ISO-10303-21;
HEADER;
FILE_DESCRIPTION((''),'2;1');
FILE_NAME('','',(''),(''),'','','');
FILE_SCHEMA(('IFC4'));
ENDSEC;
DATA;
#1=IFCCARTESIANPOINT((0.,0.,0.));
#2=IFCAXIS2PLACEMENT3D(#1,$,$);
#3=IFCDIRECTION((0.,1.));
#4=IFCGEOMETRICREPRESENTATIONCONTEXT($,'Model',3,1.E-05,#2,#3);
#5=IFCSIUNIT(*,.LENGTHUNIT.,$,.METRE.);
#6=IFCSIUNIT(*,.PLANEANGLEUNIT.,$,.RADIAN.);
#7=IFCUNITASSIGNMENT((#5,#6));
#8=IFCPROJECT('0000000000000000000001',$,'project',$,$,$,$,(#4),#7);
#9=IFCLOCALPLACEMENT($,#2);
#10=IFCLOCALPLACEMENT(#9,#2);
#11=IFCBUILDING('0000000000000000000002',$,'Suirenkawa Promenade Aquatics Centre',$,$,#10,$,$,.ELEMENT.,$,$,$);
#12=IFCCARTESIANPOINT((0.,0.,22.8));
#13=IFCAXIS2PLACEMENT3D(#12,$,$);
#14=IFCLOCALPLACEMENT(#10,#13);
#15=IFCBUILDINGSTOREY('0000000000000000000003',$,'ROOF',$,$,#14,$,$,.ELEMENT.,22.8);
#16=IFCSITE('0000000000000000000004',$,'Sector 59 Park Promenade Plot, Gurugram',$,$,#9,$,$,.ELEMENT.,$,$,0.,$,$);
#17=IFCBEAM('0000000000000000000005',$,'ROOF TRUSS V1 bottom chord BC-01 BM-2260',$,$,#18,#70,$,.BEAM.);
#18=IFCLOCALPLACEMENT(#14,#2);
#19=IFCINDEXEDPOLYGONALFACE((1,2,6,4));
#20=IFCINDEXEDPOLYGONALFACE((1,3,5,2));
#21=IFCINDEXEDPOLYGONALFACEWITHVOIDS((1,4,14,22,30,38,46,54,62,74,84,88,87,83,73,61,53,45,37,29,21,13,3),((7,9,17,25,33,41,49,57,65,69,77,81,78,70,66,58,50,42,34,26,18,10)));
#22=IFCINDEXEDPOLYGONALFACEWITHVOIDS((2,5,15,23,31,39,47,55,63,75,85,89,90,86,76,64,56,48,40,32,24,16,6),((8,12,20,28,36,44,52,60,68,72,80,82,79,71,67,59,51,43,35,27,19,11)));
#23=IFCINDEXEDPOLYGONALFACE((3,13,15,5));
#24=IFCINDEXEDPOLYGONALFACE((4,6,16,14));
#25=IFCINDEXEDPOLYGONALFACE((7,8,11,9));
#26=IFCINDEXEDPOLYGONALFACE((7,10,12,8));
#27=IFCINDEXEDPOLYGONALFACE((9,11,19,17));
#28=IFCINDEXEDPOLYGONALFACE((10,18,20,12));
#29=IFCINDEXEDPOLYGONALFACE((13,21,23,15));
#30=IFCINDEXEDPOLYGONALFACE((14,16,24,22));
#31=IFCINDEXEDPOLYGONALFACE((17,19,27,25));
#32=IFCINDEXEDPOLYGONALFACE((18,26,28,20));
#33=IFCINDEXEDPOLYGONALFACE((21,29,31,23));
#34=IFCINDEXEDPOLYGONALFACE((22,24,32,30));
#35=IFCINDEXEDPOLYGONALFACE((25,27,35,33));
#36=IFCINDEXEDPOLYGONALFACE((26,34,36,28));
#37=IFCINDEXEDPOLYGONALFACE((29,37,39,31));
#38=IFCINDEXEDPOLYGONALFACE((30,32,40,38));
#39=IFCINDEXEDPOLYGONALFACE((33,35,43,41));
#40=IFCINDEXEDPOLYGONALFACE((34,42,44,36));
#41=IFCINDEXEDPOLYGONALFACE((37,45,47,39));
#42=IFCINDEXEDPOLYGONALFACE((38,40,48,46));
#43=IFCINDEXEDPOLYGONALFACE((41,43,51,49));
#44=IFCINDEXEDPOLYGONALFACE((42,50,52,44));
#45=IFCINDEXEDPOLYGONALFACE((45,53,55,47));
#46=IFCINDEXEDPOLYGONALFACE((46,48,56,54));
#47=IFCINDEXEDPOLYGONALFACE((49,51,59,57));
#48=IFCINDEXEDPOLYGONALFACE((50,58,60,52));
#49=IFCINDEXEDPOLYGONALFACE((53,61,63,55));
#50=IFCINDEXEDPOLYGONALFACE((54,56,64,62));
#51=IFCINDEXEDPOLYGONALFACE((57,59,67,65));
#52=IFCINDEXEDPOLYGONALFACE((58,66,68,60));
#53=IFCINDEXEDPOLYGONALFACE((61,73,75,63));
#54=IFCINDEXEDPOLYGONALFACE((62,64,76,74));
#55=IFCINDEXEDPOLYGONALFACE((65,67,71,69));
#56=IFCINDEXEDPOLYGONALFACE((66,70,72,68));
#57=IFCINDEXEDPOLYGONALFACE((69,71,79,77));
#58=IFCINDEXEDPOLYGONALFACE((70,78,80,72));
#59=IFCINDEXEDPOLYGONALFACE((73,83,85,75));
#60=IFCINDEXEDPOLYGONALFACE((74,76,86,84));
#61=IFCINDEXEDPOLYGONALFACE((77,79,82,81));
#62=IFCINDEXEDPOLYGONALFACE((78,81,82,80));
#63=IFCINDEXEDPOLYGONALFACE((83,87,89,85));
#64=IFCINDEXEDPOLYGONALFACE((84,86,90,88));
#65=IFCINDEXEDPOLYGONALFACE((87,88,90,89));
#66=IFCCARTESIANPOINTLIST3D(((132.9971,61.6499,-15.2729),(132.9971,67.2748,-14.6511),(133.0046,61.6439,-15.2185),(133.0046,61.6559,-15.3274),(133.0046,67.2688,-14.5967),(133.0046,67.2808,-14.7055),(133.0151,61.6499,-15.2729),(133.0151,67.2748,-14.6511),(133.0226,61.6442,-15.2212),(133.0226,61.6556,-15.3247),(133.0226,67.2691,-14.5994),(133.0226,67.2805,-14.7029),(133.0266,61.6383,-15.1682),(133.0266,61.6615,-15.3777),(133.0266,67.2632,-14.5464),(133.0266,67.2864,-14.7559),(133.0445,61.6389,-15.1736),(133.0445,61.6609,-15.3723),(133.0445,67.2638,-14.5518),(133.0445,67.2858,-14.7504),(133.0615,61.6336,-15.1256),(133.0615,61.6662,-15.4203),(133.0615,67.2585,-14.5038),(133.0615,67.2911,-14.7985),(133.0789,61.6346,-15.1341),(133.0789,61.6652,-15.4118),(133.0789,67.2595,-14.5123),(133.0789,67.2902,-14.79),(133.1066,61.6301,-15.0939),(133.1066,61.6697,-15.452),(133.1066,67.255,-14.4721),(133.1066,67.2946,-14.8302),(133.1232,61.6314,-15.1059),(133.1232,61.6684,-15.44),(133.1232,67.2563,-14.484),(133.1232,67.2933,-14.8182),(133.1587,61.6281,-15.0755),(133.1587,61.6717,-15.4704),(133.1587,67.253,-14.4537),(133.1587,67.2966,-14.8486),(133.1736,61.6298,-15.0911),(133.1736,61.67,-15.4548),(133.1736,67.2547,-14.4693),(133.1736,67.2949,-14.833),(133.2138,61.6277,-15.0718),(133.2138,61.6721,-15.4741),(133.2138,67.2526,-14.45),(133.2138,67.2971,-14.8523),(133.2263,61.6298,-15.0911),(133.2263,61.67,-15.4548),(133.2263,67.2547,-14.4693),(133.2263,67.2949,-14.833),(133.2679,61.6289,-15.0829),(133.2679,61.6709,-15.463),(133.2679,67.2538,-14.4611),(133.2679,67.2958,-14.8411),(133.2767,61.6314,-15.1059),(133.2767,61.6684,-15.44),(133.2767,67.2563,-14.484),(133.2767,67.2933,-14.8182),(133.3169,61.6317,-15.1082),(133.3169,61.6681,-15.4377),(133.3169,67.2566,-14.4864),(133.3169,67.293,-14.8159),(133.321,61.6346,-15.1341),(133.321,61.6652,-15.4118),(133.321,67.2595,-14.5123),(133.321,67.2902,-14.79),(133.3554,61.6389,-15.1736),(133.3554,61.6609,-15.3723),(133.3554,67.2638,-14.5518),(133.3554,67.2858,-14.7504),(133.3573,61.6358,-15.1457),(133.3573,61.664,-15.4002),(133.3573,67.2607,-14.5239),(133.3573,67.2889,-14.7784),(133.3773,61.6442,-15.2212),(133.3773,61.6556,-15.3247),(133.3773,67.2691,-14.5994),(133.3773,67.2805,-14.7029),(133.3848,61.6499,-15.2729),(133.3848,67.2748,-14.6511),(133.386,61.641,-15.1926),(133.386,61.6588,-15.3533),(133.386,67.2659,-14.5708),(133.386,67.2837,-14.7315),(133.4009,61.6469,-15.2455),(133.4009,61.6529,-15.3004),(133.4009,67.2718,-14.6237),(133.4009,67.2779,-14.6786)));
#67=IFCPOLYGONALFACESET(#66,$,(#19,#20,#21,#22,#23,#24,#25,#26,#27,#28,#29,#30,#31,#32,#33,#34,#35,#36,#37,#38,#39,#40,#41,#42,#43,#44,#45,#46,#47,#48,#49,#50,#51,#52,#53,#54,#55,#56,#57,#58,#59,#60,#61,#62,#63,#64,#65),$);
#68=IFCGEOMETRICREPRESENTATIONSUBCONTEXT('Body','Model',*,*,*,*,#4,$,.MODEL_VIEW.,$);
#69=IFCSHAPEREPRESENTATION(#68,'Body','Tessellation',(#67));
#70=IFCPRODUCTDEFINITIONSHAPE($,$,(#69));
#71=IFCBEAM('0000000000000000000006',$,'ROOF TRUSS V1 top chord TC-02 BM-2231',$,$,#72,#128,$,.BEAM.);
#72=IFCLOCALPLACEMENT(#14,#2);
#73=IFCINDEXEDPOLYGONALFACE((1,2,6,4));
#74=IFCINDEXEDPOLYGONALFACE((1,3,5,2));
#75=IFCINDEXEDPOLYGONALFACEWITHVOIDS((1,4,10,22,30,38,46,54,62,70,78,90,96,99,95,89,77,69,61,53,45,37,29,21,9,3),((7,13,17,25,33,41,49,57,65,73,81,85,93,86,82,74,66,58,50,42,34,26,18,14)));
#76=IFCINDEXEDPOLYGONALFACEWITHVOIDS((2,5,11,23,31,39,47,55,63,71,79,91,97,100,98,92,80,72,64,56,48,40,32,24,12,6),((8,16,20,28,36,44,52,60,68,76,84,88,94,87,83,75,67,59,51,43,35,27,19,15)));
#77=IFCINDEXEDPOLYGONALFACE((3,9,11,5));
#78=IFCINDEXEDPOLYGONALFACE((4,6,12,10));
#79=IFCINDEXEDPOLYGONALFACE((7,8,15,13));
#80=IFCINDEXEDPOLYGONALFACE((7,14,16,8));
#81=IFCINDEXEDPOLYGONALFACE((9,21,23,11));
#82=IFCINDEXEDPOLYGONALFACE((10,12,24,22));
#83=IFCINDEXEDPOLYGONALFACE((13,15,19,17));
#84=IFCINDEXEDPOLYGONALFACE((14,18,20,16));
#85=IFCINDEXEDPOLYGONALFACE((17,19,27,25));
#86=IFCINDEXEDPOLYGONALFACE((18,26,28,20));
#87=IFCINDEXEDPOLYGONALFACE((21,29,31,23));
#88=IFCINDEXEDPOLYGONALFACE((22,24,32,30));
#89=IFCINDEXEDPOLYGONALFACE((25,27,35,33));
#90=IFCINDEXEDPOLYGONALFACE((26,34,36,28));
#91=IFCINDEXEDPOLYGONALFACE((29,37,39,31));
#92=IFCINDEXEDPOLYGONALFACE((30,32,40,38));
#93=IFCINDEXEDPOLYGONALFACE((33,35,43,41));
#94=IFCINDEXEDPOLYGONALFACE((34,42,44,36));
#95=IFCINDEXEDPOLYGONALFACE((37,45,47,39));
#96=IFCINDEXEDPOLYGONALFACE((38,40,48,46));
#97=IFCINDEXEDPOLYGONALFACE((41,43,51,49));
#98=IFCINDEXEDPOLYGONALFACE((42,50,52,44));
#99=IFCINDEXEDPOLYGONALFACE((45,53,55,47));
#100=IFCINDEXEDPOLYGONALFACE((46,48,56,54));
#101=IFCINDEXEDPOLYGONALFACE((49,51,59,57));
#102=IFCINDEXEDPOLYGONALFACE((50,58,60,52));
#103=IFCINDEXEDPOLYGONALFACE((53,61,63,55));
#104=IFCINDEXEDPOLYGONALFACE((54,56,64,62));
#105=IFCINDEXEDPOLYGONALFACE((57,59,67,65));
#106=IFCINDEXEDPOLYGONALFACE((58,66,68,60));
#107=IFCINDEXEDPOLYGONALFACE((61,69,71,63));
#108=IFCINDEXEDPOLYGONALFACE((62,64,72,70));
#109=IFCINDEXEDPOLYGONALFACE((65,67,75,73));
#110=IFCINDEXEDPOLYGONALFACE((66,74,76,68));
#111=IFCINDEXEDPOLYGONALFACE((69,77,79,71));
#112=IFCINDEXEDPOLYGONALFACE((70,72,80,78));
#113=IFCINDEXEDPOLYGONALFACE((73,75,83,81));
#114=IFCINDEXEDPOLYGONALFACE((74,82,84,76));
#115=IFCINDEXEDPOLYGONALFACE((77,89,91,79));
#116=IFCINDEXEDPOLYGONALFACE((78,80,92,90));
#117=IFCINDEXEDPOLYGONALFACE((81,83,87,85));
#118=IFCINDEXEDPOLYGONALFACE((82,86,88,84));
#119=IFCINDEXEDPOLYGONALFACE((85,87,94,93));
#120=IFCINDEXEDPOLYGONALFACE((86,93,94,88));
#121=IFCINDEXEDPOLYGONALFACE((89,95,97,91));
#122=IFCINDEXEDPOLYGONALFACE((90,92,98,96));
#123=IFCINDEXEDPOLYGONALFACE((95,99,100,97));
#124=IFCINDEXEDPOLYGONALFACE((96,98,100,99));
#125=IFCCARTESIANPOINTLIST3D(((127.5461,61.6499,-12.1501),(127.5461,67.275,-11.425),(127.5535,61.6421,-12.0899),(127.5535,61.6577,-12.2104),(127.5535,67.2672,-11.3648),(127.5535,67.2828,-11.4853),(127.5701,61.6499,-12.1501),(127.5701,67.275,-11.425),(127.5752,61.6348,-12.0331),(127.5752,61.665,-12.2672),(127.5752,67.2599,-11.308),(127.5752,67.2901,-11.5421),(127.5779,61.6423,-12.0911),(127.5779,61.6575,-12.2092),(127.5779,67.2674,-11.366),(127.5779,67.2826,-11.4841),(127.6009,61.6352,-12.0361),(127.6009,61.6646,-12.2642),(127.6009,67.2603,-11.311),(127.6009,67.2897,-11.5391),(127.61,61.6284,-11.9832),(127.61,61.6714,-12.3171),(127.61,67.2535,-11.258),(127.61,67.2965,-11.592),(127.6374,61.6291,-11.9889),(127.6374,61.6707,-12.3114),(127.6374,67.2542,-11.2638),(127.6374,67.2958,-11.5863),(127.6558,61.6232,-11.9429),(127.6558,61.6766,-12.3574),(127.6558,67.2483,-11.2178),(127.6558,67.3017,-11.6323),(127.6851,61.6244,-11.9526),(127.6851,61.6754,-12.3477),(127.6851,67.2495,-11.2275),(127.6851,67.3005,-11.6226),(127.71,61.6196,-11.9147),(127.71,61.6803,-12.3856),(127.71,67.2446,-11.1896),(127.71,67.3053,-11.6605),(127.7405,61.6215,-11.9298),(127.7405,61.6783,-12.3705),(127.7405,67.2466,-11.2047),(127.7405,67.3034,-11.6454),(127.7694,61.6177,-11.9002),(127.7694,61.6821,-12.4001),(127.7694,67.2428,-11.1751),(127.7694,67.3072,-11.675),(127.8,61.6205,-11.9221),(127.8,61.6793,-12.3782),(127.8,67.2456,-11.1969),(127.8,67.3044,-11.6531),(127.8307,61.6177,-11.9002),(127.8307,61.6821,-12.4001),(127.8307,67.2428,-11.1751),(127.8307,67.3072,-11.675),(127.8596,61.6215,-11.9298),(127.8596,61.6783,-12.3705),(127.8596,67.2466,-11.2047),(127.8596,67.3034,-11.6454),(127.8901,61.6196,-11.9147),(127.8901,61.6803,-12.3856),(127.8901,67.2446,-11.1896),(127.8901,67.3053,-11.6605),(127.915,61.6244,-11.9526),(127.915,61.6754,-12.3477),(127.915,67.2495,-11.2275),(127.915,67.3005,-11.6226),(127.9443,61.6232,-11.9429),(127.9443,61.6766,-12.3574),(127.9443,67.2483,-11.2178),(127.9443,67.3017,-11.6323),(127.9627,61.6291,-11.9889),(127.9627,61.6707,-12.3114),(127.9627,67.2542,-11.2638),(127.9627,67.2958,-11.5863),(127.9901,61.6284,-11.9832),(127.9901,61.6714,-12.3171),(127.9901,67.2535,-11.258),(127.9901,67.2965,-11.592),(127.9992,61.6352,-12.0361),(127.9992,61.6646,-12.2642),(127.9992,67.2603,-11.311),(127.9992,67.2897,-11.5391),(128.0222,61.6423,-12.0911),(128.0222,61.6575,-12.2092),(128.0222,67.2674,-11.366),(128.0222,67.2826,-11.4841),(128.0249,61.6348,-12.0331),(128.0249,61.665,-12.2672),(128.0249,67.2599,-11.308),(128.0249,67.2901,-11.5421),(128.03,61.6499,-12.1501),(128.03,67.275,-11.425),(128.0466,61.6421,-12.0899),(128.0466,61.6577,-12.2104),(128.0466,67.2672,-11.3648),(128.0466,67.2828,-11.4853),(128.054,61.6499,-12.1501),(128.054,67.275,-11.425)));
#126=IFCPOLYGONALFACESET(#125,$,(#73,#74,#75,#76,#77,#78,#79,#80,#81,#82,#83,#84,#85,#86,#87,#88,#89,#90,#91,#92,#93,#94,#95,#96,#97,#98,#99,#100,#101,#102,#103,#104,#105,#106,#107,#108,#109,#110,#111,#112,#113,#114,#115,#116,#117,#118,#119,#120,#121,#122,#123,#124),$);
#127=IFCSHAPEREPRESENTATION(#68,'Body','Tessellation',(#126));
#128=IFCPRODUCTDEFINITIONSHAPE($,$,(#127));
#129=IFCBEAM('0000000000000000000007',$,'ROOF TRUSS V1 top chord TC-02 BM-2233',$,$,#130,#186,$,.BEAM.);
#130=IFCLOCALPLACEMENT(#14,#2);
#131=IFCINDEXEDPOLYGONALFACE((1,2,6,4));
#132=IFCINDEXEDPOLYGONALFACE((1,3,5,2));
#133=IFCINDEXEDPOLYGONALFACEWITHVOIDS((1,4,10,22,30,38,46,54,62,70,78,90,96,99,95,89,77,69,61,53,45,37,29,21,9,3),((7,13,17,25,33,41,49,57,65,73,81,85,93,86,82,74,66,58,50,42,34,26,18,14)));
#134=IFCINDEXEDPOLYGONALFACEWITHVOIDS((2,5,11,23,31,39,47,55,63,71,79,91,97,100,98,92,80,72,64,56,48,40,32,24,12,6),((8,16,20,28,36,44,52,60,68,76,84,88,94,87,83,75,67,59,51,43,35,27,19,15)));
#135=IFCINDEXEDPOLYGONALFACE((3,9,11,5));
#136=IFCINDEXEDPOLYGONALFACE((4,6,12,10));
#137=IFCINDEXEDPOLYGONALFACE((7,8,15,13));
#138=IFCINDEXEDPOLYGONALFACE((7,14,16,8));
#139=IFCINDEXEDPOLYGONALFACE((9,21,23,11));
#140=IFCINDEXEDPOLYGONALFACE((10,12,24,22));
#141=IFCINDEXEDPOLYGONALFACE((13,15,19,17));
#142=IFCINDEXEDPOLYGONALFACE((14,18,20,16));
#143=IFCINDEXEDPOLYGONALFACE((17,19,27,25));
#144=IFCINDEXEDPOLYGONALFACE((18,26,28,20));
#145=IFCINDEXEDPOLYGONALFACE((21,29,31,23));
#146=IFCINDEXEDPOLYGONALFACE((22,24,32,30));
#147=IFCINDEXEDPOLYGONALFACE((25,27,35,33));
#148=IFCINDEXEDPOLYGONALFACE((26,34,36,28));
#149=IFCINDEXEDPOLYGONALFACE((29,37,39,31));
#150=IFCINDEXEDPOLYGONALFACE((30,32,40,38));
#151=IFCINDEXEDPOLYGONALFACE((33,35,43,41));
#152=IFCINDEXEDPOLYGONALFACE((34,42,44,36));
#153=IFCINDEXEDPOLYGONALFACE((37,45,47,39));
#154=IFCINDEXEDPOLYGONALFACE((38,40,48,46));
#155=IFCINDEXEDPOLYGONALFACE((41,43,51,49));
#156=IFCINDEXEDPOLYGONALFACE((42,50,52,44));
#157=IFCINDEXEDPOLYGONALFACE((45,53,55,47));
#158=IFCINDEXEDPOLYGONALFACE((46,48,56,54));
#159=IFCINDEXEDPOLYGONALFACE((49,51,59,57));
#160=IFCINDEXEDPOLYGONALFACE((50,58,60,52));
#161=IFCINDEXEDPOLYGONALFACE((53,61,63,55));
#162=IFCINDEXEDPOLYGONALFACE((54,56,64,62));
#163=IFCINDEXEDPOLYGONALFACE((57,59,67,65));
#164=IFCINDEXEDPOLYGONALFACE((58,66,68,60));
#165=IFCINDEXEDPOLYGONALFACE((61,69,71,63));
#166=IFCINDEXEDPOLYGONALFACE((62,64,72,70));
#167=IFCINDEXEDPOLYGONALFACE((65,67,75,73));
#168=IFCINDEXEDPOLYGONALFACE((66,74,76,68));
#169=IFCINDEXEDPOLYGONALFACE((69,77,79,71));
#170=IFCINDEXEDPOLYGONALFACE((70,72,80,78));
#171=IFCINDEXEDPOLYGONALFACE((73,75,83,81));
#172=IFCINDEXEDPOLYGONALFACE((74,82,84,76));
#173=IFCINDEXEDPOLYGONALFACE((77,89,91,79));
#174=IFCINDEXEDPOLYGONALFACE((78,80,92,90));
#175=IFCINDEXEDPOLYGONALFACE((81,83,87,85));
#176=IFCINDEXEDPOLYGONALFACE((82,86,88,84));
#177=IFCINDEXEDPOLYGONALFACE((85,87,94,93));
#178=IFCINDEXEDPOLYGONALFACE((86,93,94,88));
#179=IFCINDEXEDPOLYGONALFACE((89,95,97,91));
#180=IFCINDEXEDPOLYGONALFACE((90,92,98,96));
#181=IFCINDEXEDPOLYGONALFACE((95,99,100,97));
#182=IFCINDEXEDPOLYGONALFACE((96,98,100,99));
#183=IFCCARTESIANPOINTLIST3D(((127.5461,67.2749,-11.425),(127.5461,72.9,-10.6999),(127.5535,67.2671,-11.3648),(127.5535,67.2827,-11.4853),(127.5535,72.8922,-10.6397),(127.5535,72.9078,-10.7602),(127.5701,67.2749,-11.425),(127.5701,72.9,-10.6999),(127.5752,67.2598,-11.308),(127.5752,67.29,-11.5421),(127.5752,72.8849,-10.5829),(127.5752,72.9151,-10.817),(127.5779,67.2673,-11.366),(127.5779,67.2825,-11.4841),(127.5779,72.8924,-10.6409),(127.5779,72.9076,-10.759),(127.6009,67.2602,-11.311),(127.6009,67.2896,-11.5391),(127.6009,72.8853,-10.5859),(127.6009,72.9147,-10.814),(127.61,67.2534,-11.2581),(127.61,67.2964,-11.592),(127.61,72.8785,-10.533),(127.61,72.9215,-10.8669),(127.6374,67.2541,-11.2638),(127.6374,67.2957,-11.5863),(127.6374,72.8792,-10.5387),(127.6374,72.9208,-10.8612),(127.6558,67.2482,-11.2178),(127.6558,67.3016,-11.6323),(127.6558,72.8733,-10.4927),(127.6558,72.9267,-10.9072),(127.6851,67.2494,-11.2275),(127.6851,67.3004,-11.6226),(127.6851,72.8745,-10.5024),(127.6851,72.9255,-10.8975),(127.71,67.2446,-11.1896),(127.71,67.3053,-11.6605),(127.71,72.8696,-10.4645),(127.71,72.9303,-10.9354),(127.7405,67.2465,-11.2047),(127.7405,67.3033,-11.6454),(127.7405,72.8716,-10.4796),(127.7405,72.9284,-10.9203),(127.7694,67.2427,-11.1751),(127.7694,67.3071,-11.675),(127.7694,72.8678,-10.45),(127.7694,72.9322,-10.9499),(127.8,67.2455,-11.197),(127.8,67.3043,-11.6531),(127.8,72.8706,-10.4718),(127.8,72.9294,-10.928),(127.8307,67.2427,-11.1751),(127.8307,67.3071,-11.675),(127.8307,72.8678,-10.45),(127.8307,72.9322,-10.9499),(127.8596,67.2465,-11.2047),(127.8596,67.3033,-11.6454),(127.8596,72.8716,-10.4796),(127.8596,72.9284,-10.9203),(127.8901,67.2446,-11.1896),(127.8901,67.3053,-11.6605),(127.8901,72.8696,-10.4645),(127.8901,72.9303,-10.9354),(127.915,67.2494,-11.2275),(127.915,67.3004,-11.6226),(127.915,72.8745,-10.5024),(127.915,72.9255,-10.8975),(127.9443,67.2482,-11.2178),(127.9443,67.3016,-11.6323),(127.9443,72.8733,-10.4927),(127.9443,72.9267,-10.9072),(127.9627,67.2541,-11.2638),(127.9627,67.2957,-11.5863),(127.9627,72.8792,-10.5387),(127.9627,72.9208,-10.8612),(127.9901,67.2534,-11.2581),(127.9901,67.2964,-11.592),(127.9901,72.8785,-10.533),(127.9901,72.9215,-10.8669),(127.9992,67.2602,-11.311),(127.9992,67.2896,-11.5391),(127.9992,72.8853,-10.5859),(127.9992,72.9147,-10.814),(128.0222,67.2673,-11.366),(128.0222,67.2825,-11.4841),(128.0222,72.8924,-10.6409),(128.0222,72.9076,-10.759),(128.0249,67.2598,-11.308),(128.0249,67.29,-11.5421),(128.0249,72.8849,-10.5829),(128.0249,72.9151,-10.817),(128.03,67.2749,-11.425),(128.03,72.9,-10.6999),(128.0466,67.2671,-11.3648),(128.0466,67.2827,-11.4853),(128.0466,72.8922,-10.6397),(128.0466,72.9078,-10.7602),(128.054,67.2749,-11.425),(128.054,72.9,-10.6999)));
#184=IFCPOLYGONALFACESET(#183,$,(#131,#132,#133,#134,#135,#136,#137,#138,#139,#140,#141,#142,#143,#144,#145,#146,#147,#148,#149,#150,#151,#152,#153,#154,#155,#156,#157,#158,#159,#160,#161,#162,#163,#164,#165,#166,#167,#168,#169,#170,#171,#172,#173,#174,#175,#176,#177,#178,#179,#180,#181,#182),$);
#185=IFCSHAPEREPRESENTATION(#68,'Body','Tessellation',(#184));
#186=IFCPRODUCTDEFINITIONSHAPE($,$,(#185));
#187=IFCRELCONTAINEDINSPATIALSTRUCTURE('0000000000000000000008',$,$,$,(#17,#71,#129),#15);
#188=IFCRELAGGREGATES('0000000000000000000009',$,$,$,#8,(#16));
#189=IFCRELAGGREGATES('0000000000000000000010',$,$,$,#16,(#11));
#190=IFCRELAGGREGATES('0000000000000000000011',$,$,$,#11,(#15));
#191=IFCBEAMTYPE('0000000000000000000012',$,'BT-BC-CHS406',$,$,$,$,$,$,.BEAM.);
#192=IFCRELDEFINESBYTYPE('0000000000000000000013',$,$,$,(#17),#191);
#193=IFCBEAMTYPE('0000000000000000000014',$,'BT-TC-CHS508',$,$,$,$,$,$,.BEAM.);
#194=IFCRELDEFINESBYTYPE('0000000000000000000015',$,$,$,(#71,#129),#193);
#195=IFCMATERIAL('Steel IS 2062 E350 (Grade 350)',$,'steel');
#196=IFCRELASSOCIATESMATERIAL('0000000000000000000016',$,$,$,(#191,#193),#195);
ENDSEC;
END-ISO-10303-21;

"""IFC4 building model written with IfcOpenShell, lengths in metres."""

from ifc_helpers import new_model, si_unit, direction, frame, origin, origin_2d, place, context, subcontext, project, spatial, hollow_circle, extrude, material, material_profile, profile_set, type_object, element, save


model = new_model("IFC4")

# Units and contexts
model_context = context("Model", 3, precision=1e-05, world=origin(), true_north=direction((0.0, 1.0)))
body_context = subcontext(model_context, "Body", "Model", "MODEL_VIEW")
ifc_project = project(units=[si_unit("LENGTHUNIT", "METRE"), si_unit("PLANEANGLEUNIT", "RADIAN")], contexts=[model_context])

# Site, building, storey
site_placement = place(None, origin())
site = spatial("IfcSite", under=ifc_project, at=site_placement, Name="Sector 59 Park Promenade Plot, Gurugram", CompositionType="ELEMENT", RefElevation=0.0)
building_placement = place(site_placement, origin())
building = spatial("IfcBuilding", under=site, at=building_placement, Name="Suirenkawa Promenade Aquatics Centre", CompositionType="ELEMENT")
storey_placement = place(building_placement, frame((0.0, 0.0, 22.8)))
storey = spatial("IfcBuildingStorey", under=building, at=storey_placement, Name="ROOF", CompositionType="ELEMENT", Elevation=22.8)

# Beams
ifc_material = material(Name="Steel IS 2062 E350 (Grade 350)", Category="steel")
ifc_material_profile_1 = material_profile(ifc_material, hollow_circle(Radius=0.2029, WallThickness=0.0181, at=origin_2d()), Name="CHS 406x18", Category="steel")
ifc_profile_set_1 = profile_set([ifc_material_profile_1], Name="Steel IS 2062 E350 (Grade 350)")
beam_type_1 = type_object("IfcBeamType", Name="BT-BC-CHS406", PredefinedType="BEAM", material=ifc_profile_set_1)
beam_1_placement = place(storey_placement, frame((133.2, 61.6499, -15.2729), z_axis=(0.0, 0.993945, 0.109878), x_axis=(-1.0, 0.0, 0.0)))
element("IfcBeam", 1, at=beam_1_placement, inside=storey, type_object=beam_type_1, Name="ROOF TRUSS V1 bottom chord BC-01 BM-2260", PredefinedType="BEAM", context=body_context, shape_type="SweptSolid", body=[
    extrude(hollow_circle(Radius=0.2029, WallThickness=0.0181, at=origin_2d()), origin(), (0.0, 0.0, 1.0), 5.6592),
])
ifc_material_profile_2 = material_profile(ifc_material, hollow_circle(Radius=0.2539, WallThickness=0.0239, at=origin_2d()), Name="CHS 508x24", Category="steel")
ifc_profile_set_2 = profile_set([ifc_material_profile_2], Name="Steel IS 2062 E350 (Grade 350)")
beam_type_2 = type_object("IfcBeamType", Name="BT-TC-CHS508", PredefinedType="BEAM", material=ifc_profile_set_2)
for number, where, z_axis, x_axis, name in (
    (2, (127.8, 61.6499, -12.1501), (0.0, 0.991794, 0.127848), (-1.0, 0.0, 0.0), "ROOF TRUSS V1 top chord TC-02 BM-2231"),
    (3, (127.8, 67.2749, -11.425), (0.0, 0.991794, 0.127848), (-1.0, 0.0, 0.0), "ROOF TRUSS V1 top chord TC-02 BM-2233"),
):
    element("IfcBeam", number, at=place(storey_placement, frame(where, z_axis=z_axis, x_axis=x_axis)), inside=storey, type_object=beam_type_2, Name=name, PredefinedType="BEAM", context=body_context, shape_type="SweptSolid", body=[
        extrude(hollow_circle(Radius=0.2539, WallThickness=0.0239, at=origin_2d()), origin(), (0.0, 0.0, 1.0), 5.6716),
    ])

save(model, "model.ifc")
